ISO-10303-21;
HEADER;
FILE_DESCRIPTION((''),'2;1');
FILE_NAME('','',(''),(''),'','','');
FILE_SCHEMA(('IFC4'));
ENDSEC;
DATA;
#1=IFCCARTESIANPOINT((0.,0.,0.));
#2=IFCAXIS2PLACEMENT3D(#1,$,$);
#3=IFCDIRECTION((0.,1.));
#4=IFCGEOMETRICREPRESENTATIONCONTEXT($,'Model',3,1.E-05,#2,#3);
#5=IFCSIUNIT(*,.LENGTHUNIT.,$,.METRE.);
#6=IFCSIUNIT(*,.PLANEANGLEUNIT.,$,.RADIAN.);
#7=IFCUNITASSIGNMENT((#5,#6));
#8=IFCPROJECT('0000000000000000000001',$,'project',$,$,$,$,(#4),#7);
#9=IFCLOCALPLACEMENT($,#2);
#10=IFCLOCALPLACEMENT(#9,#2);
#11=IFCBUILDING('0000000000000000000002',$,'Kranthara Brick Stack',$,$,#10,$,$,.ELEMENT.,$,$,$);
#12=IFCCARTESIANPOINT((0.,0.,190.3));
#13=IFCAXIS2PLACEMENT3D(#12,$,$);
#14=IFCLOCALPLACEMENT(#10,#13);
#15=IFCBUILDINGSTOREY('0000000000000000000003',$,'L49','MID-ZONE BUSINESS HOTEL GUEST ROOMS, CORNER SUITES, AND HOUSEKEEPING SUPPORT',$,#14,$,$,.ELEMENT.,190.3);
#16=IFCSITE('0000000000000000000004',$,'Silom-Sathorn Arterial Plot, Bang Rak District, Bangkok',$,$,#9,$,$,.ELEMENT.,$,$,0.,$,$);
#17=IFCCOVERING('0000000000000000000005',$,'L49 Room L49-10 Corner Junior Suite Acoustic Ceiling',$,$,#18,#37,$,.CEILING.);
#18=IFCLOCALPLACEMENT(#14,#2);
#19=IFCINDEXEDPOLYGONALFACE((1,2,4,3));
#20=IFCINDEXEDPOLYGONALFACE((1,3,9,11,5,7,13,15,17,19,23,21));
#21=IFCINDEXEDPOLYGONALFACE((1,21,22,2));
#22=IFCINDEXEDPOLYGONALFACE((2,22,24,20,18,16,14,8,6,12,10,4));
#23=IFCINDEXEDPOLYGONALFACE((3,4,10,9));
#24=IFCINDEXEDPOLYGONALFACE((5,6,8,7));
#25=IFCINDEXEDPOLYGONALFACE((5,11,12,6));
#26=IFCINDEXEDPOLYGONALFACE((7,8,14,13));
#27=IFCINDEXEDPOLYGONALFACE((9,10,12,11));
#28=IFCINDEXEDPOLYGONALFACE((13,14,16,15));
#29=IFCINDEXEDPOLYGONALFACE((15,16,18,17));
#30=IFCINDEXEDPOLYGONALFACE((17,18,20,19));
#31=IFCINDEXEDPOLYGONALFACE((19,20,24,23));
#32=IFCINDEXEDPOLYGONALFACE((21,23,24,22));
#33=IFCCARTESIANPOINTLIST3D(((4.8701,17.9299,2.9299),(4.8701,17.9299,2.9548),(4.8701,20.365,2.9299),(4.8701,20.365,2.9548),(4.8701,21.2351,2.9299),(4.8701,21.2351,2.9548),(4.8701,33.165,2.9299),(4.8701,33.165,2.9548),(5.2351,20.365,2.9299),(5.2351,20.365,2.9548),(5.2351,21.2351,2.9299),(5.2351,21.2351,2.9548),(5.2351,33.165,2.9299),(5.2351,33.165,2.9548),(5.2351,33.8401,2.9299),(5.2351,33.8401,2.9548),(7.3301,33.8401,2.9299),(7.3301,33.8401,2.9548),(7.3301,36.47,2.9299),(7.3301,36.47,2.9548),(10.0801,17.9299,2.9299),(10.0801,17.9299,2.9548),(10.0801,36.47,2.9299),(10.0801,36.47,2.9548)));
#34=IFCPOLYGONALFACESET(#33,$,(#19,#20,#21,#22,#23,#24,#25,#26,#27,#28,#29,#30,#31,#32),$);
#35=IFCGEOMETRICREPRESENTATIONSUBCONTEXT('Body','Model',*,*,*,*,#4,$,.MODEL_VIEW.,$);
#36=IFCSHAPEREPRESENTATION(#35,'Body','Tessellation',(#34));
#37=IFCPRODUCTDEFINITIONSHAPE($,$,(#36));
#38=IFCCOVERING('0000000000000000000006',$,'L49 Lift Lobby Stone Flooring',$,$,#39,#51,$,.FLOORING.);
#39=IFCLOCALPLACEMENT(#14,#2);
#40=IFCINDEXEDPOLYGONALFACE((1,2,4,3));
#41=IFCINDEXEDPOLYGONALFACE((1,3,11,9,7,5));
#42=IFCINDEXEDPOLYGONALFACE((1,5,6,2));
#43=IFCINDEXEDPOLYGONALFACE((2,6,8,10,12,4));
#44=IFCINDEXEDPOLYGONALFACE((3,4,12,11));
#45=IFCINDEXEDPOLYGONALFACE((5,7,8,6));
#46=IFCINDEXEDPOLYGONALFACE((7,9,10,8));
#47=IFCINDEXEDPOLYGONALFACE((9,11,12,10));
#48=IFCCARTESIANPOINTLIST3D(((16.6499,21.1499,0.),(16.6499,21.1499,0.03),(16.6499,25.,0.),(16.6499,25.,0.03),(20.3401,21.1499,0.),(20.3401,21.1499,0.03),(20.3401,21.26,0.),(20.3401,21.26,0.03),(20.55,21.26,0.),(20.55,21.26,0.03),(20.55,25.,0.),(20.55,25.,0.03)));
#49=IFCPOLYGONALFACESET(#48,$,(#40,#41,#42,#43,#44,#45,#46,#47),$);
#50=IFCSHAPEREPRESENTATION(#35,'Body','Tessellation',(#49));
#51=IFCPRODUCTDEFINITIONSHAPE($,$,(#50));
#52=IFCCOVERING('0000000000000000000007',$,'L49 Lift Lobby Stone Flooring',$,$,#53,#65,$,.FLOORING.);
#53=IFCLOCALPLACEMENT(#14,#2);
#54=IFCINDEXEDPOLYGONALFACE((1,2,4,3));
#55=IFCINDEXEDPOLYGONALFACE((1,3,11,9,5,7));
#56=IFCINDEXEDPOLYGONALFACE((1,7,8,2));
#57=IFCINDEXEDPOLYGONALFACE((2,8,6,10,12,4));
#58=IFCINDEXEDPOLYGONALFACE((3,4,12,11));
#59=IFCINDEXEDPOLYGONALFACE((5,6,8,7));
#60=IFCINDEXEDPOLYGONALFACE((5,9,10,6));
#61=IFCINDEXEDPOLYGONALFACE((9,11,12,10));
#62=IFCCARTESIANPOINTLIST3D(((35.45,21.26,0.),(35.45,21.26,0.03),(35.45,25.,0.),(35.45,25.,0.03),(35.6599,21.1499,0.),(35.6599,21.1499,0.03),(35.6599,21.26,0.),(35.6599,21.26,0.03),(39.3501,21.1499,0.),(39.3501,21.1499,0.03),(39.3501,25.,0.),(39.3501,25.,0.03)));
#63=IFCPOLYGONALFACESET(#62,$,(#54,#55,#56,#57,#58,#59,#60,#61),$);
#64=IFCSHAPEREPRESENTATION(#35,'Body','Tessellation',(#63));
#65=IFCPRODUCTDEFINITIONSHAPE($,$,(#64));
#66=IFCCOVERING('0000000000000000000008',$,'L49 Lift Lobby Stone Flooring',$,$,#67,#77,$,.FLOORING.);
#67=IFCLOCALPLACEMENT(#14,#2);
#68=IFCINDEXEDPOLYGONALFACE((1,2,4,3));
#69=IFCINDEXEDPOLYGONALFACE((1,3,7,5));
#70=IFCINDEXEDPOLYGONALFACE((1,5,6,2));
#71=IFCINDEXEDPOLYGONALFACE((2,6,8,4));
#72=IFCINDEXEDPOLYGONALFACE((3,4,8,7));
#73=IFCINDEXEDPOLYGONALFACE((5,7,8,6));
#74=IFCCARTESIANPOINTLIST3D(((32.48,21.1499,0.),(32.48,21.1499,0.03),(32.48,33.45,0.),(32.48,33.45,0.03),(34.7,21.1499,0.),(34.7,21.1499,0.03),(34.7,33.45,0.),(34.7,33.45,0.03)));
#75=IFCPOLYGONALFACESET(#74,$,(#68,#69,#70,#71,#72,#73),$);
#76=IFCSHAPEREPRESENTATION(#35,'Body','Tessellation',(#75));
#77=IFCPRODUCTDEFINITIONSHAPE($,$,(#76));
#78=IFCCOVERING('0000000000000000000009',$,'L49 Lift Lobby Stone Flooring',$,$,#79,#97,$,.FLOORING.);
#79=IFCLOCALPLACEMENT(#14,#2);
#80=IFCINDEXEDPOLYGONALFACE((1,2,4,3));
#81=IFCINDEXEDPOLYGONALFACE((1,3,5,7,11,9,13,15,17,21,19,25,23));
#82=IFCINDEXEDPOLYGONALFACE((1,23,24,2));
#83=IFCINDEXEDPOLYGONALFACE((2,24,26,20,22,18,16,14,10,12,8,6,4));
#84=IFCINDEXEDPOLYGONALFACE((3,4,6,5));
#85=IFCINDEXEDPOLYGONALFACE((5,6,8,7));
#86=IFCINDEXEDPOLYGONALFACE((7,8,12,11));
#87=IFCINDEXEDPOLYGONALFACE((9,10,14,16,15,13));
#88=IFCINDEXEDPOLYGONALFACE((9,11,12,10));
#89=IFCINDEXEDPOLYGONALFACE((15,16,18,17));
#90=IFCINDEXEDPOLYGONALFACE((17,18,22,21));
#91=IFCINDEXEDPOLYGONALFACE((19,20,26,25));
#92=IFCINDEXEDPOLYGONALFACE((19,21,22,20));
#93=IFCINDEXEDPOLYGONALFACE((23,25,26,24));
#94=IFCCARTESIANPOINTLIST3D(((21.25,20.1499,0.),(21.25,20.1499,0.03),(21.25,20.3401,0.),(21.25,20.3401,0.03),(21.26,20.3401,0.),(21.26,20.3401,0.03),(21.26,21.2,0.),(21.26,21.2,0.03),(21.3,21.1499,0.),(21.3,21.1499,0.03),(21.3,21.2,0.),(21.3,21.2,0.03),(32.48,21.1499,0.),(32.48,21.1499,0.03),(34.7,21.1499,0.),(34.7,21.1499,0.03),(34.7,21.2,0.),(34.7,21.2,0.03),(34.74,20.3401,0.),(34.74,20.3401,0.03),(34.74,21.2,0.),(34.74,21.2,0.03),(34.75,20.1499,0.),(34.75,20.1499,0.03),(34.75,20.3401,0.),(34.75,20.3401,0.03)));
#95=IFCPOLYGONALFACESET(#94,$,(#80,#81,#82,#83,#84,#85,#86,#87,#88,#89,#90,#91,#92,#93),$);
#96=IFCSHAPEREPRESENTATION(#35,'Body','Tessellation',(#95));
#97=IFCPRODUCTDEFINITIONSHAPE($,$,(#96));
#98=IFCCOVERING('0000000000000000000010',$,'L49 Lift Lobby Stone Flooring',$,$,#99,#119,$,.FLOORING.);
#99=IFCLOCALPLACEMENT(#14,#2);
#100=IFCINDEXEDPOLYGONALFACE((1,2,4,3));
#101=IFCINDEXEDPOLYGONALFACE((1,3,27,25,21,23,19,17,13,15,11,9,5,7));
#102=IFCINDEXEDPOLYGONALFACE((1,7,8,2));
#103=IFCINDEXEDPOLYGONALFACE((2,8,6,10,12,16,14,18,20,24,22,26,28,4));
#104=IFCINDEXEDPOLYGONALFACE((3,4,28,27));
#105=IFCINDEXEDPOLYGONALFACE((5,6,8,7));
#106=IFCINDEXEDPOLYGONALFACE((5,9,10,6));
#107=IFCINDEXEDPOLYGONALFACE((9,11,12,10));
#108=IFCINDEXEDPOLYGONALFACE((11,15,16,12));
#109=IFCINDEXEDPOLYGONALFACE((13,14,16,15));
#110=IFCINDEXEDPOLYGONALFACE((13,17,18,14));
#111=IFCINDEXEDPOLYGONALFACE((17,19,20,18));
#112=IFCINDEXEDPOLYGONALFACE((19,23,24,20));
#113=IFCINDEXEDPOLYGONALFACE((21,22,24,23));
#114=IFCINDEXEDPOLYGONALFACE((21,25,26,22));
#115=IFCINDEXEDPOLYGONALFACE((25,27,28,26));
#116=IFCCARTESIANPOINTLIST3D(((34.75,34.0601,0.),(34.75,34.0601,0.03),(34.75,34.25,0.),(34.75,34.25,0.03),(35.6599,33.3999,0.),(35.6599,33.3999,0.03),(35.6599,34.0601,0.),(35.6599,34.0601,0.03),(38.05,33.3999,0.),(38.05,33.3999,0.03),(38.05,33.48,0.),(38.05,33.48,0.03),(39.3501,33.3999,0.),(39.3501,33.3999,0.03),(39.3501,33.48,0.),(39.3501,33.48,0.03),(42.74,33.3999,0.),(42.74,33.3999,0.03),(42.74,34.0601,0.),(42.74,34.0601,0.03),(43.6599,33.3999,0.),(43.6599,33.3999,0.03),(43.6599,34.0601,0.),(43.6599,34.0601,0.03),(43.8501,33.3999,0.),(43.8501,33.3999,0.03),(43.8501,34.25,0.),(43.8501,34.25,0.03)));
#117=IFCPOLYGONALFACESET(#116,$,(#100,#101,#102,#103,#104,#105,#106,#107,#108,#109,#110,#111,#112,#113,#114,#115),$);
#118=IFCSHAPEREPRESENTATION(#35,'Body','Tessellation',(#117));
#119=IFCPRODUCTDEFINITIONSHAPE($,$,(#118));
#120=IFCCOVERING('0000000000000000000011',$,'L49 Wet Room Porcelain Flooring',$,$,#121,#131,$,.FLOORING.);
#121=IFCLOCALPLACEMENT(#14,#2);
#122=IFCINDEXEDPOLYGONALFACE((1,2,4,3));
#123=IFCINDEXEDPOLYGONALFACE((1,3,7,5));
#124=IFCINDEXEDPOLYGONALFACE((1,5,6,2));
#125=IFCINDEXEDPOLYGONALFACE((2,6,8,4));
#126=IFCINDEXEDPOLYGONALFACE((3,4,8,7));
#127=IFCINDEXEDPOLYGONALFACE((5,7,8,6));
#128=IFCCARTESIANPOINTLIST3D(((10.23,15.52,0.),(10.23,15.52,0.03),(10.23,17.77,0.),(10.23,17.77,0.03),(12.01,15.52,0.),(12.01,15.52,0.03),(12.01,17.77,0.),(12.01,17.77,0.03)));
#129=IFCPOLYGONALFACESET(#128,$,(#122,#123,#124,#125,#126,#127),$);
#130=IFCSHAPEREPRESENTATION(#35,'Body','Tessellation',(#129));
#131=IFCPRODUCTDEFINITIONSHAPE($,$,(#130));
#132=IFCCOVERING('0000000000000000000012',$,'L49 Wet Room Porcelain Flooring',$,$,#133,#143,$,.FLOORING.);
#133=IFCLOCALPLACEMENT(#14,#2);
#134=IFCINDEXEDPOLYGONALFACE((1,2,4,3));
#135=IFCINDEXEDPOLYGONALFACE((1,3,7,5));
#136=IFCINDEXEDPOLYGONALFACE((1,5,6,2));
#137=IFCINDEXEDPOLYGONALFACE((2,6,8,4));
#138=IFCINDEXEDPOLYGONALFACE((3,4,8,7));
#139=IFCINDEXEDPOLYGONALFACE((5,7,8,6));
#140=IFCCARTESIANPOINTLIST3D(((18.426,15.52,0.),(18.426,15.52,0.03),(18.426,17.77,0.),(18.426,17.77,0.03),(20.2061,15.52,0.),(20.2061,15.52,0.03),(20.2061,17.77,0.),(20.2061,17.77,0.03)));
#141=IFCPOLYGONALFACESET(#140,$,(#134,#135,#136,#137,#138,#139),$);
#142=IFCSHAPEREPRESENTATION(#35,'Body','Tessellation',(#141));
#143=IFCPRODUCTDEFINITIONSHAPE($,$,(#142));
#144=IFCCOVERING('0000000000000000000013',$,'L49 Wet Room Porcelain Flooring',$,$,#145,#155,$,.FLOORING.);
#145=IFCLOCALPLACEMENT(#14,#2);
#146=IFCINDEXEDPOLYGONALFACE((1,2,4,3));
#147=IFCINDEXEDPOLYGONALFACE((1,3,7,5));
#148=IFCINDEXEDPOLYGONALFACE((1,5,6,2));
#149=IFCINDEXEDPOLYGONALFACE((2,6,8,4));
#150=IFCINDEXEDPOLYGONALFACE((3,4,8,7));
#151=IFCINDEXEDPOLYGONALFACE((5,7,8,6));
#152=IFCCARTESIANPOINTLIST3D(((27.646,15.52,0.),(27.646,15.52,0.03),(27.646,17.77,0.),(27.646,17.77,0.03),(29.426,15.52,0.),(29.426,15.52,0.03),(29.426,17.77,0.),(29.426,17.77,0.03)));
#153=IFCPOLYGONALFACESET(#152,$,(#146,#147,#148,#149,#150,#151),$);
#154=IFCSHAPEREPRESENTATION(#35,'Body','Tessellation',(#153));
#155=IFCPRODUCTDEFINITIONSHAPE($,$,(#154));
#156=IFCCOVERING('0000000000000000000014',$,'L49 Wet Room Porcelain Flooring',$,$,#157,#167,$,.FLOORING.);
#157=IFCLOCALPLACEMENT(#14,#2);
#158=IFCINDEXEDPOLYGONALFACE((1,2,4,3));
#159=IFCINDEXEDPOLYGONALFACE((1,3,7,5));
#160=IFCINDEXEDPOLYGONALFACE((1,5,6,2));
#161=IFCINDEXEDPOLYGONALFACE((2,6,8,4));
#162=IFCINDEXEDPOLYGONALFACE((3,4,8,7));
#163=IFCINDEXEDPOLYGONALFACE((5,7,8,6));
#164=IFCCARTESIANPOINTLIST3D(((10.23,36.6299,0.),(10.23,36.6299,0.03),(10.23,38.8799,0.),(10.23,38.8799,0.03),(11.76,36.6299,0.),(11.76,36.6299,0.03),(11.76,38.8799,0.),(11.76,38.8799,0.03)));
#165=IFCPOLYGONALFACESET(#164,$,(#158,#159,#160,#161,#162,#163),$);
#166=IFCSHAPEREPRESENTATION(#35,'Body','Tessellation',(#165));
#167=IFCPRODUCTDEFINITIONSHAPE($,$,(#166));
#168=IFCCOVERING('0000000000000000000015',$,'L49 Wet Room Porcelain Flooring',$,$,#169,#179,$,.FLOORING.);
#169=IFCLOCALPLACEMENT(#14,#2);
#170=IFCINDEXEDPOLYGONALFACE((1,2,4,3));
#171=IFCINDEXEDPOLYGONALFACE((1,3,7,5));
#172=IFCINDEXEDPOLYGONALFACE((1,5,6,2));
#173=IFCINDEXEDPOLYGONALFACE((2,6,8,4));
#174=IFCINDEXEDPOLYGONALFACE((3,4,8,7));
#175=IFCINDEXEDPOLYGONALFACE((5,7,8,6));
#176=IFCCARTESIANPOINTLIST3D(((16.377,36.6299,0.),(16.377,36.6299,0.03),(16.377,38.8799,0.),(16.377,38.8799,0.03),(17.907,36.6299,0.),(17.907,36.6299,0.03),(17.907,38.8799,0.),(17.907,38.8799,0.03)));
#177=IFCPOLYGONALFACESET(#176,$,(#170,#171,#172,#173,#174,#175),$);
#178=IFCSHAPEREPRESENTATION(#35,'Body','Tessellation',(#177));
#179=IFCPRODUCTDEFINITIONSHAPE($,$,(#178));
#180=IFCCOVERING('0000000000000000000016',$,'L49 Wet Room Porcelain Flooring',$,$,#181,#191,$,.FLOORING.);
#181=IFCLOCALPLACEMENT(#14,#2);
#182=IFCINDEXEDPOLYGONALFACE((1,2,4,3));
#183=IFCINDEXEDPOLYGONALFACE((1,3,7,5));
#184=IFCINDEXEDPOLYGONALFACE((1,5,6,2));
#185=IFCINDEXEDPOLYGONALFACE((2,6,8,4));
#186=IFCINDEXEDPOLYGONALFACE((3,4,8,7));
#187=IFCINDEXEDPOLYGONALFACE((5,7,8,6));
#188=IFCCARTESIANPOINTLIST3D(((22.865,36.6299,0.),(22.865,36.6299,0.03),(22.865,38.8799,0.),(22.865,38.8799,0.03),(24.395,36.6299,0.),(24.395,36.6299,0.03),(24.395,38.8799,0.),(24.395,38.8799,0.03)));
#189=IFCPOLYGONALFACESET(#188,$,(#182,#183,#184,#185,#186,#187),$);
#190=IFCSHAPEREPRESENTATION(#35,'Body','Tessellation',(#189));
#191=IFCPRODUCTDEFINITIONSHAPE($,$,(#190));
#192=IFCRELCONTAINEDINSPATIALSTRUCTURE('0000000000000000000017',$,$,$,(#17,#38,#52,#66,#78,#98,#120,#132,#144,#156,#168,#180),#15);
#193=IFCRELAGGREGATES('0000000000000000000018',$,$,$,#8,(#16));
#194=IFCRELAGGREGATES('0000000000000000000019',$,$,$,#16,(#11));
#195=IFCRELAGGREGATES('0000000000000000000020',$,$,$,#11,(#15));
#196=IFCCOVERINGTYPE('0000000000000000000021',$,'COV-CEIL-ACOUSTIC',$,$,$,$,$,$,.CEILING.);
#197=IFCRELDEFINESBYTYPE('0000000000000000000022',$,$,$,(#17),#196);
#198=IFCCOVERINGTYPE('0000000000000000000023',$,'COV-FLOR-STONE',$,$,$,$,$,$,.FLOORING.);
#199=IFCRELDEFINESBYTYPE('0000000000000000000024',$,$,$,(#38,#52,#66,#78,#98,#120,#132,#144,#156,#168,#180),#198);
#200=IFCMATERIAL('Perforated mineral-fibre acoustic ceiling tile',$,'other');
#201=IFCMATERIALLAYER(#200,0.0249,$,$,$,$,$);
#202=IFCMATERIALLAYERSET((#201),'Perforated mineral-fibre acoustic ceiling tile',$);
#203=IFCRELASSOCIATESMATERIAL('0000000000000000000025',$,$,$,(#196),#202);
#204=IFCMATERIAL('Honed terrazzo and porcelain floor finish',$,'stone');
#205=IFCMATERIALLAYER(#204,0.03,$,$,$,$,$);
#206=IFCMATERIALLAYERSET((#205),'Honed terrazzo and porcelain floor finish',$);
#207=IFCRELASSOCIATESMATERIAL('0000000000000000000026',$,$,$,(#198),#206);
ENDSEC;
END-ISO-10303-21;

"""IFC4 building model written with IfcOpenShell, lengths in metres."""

from ifc_helpers import new_model, si_unit, direction, frame, origin, place, context, subcontext, project, spatial, polyline, outline, extrude, material, layer, layer_set, type_object, element, save


model = new_model("IFC4")

# Units and contexts
model_context = context("Model", 3, precision=1e-05, world=origin(), true_north=direction((0.0, 1.0)))
body_context = subcontext(model_context, "Body", "Model", "MODEL_VIEW")
ifc_project = project(units=[si_unit("LENGTHUNIT", "METRE"), si_unit("PLANEANGLEUNIT", "RADIAN")], contexts=[model_context])

# Site, building, storey
site_placement = place(None, origin())
site = spatial("IfcSite", under=ifc_project, at=site_placement, Name="Silom-Sathorn Arterial Plot, Bang Rak District, Bangkok", CompositionType="ELEMENT", RefElevation=0.0)
building_placement = place(site_placement, origin())
building = spatial("IfcBuilding", under=site, at=building_placement, Name="Kranthara Brick Stack", CompositionType="ELEMENT")
storey_placement = place(building_placement, frame((0.0, 0.0, 190.3)))
storey = spatial("IfcBuildingStorey", under=building, at=storey_placement, Name="L49", Description="MID-ZONE BUSINESS HOTEL GUEST ROOMS, CORNER SUITES, AND HOUSEKEEPING SUPPORT", CompositionType="ELEMENT", Elevation=190.3)

# Coverings
ifc_material_1 = material(Name="Perforated mineral-fibre acoustic ceiling tile", Category="other")
ifc_layer_1 = layer(ifc_material_1, 0.0249)
ifc_layer_set_1 = layer_set([ifc_layer_1], Name="Perforated mineral-fibre acoustic ceiling tile")
covering_type_1 = type_object("IfcCoveringType", Name="COV-CEIL-ACOUSTIC", PredefinedType="CEILING", material=ifc_layer_set_1)
covering_1_placement = place(storey_placement, frame((0.0, 0.0, 2.9299)))
element("IfcCovering", 1, at=covering_1_placement, inside=storey, type_object=covering_type_1, Name="L49 Room L49-10 Corner Junior Suite Acoustic Ceiling", PredefinedType="CEILING", context=body_context, shape_type="SweptSolid", body=[
    extrude(outline(polyline([(7.3301, 33.8401), (7.3301, 36.47), (10.0801, 36.47), (10.0801, 17.9299), (4.8701, 17.9299), (4.8701, 20.365), (5.2351, 20.365), (5.2351, 21.2351), (4.8701, 21.2351), (4.8701, 33.165), (5.2351, 33.165), (5.2351, 33.8401), (7.3301, 33.8401)])), origin(), (0.0, 0.0, 1.0), 0.0249),
])
ifc_material_2 = material(Name="Honed terrazzo and porcelain floor finish", Category="stone")
ifc_layer_2 = layer(ifc_material_2, 0.03)
ifc_layer_set_2 = layer_set([ifc_layer_2], Name="Honed terrazzo and porcelain floor finish")
covering_type_2 = type_object("IfcCoveringType", Name="COV-FLOR-STONE", PredefinedType="FLOORING", material=ifc_layer_set_2)
covering_2_placement = place(storey_placement, origin())
element("IfcCovering", 2, at=covering_2_placement, inside=storey, type_object=covering_type_2, Name="L49 Lift Lobby Stone Flooring", PredefinedType="FLOORING", context=body_context, shape_type="SweptSolid", body=[
    extrude(outline(polyline([(16.6499, 21.1499), (16.6499, 25.0), (20.55, 25.0), (20.55, 21.26), (20.3401, 21.26), (20.3401, 21.1499), (16.6499, 21.1499)])), origin(), (0.0, 0.0, 1.0), 0.03),
])
covering_3_placement = place(storey_placement, origin())
element("IfcCovering", 3, at=covering_3_placement, inside=storey, type_object=covering_type_2, Name="L49 Lift Lobby Stone Flooring", PredefinedType="FLOORING", context=body_context, shape_type="SweptSolid", body=[
    extrude(outline(polyline([(35.45, 25.0), (39.3501, 25.0), (39.3501, 21.1499), (35.6599, 21.1499), (35.6599, 21.26), (35.45, 21.26), (35.45, 25.0)])), origin(), (0.0, 0.0, 1.0), 0.03),
])
covering_4_placement = place(storey_placement, origin())
element("IfcCovering", 4, at=covering_4_placement, inside=storey, type_object=covering_type_2, Name="L49 Lift Lobby Stone Flooring", PredefinedType="FLOORING", context=body_context, shape_type="SweptSolid", body=[
    extrude(outline(polyline([(34.7, 21.1499), (34.7, 33.45), (32.48, 33.45), (32.48, 21.1499), (34.7, 21.1499)])), origin(), (0.0, 0.0, 1.0), 0.03),
])
covering_5_placement = place(storey_placement, origin())
element("IfcCovering", 5, at=covering_5_placement, inside=storey, type_object=covering_type_2, Name="L49 Lift Lobby Stone Flooring", PredefinedType="FLOORING", context=body_context, shape_type="SweptSolid", body=[
    extrude(outline(polyline([(21.25, 20.3401), (21.26, 20.3401), (21.26, 21.2), (21.3, 21.2), (21.3, 21.1499), (32.48, 21.1499), (34.7, 21.1499), (34.7, 21.2), (34.74, 21.2), (34.74, 20.3401), (34.75, 20.3401), (34.75, 20.1499), (21.25, 20.1499), (21.25, 20.3401)])), origin(), (0.0, 0.0, 1.0), 0.03),
])
covering_6_placement = place(storey_placement, origin())
element("IfcCovering", 6, at=covering_6_placement, inside=storey, type_object=covering_type_2, Name="L49 Lift Lobby Stone Flooring", PredefinedType="FLOORING", context=body_context, shape_type="SweptSolid", body=[
    extrude(outline(polyline([(43.6599, 33.3999), (43.6599, 34.0601), (42.74, 34.0601), (42.74, 33.3999), (39.3501, 33.3999), (39.3501, 33.48), (38.05, 33.48), (38.05, 33.3999), (35.6599, 33.3999), (35.6599, 34.0601), (34.75, 34.0601), (34.75, 34.25), (43.8501, 34.25), (43.8501, 33.3999), (43.6599, 33.3999)])), origin(), (0.0, 0.0, 1.0), 0.03),
])
covering_7_placement = place(storey_placement, origin())
element("IfcCovering", 7, at=covering_7_placement, inside=storey, type_object=covering_type_2, Name="L49 Wet Room Porcelain Flooring", PredefinedType="FLOORING", context=body_context, shape_type="SweptSolid", body=[
    extrude(outline(polyline([(10.23, 15.52), (10.23, 17.77), (12.01, 17.77), (12.01, 15.52), (10.23, 15.52)])), origin(), (0.0, 0.0, 1.0), 0.03),
])
covering_8_placement = place(storey_placement, origin())
element("IfcCovering", 8, at=covering_8_placement, inside=storey, type_object=covering_type_2, Name="L49 Wet Room Porcelain Flooring", PredefinedType="FLOORING", context=body_context, shape_type="SweptSolid", body=[
    extrude(outline(polyline([(18.426, 15.52), (18.426, 17.77), (20.2061, 17.77), (20.2061, 15.52), (18.426, 15.52)])), origin(), (0.0, 0.0, 1.0), 0.03),
])
covering_9_placement = place(storey_placement, origin())
element("IfcCovering", 9, at=covering_9_placement, inside=storey, type_object=covering_type_2, Name="L49 Wet Room Porcelain Flooring", PredefinedType="FLOORING", context=body_context, shape_type="SweptSolid", body=[
    extrude(outline(polyline([(27.646, 15.52), (27.646, 17.77), (29.426, 17.77), (29.426, 15.52), (27.646, 15.52)])), origin(), (0.0, 0.0, 1.0), 0.03),
])
covering_10_placement = place(storey_placement, origin())
element("IfcCovering", 10, at=covering_10_placement, inside=storey, type_object=covering_type_2, Name="L49 Wet Room Porcelain Flooring", PredefinedType="FLOORING", context=body_context, shape_type="SweptSolid", body=[
    extrude(outline(polyline([(10.23, 36.6299), (10.23, 38.8799), (11.76, 38.8799), (11.76, 36.6299), (10.23, 36.6299)])), origin(), (0.0, 0.0, 1.0), 0.03),
])
covering_11_placement = place(storey_placement, origin())
element("IfcCovering", 11, at=covering_11_placement, inside=storey, type_object=covering_type_2, Name="L49 Wet Room Porcelain Flooring", PredefinedType="FLOORING", context=body_context, shape_type="SweptSolid", body=[
    extrude(outline(polyline([(16.377, 36.6299), (16.377, 38.8799), (17.907, 38.8799), (17.907, 36.6299), (16.377, 36.6299)])), origin(), (0.0, 0.0, 1.0), 0.03),
])
covering_12_placement = place(storey_placement, origin())
element("IfcCovering", 12, at=covering_12_placement, inside=storey, type_object=covering_type_2, Name="L49 Wet Room Porcelain Flooring", PredefinedType="FLOORING", context=body_context, shape_type="SweptSolid", body=[
    extrude(outline(polyline([(22.865, 36.6299), (22.865, 38.8799), (24.395, 38.8799), (24.395, 36.6299), (22.865, 36.6299)])), origin(), (0.0, 0.0, 1.0), 0.03),
])

save(model, "model.ifc")
